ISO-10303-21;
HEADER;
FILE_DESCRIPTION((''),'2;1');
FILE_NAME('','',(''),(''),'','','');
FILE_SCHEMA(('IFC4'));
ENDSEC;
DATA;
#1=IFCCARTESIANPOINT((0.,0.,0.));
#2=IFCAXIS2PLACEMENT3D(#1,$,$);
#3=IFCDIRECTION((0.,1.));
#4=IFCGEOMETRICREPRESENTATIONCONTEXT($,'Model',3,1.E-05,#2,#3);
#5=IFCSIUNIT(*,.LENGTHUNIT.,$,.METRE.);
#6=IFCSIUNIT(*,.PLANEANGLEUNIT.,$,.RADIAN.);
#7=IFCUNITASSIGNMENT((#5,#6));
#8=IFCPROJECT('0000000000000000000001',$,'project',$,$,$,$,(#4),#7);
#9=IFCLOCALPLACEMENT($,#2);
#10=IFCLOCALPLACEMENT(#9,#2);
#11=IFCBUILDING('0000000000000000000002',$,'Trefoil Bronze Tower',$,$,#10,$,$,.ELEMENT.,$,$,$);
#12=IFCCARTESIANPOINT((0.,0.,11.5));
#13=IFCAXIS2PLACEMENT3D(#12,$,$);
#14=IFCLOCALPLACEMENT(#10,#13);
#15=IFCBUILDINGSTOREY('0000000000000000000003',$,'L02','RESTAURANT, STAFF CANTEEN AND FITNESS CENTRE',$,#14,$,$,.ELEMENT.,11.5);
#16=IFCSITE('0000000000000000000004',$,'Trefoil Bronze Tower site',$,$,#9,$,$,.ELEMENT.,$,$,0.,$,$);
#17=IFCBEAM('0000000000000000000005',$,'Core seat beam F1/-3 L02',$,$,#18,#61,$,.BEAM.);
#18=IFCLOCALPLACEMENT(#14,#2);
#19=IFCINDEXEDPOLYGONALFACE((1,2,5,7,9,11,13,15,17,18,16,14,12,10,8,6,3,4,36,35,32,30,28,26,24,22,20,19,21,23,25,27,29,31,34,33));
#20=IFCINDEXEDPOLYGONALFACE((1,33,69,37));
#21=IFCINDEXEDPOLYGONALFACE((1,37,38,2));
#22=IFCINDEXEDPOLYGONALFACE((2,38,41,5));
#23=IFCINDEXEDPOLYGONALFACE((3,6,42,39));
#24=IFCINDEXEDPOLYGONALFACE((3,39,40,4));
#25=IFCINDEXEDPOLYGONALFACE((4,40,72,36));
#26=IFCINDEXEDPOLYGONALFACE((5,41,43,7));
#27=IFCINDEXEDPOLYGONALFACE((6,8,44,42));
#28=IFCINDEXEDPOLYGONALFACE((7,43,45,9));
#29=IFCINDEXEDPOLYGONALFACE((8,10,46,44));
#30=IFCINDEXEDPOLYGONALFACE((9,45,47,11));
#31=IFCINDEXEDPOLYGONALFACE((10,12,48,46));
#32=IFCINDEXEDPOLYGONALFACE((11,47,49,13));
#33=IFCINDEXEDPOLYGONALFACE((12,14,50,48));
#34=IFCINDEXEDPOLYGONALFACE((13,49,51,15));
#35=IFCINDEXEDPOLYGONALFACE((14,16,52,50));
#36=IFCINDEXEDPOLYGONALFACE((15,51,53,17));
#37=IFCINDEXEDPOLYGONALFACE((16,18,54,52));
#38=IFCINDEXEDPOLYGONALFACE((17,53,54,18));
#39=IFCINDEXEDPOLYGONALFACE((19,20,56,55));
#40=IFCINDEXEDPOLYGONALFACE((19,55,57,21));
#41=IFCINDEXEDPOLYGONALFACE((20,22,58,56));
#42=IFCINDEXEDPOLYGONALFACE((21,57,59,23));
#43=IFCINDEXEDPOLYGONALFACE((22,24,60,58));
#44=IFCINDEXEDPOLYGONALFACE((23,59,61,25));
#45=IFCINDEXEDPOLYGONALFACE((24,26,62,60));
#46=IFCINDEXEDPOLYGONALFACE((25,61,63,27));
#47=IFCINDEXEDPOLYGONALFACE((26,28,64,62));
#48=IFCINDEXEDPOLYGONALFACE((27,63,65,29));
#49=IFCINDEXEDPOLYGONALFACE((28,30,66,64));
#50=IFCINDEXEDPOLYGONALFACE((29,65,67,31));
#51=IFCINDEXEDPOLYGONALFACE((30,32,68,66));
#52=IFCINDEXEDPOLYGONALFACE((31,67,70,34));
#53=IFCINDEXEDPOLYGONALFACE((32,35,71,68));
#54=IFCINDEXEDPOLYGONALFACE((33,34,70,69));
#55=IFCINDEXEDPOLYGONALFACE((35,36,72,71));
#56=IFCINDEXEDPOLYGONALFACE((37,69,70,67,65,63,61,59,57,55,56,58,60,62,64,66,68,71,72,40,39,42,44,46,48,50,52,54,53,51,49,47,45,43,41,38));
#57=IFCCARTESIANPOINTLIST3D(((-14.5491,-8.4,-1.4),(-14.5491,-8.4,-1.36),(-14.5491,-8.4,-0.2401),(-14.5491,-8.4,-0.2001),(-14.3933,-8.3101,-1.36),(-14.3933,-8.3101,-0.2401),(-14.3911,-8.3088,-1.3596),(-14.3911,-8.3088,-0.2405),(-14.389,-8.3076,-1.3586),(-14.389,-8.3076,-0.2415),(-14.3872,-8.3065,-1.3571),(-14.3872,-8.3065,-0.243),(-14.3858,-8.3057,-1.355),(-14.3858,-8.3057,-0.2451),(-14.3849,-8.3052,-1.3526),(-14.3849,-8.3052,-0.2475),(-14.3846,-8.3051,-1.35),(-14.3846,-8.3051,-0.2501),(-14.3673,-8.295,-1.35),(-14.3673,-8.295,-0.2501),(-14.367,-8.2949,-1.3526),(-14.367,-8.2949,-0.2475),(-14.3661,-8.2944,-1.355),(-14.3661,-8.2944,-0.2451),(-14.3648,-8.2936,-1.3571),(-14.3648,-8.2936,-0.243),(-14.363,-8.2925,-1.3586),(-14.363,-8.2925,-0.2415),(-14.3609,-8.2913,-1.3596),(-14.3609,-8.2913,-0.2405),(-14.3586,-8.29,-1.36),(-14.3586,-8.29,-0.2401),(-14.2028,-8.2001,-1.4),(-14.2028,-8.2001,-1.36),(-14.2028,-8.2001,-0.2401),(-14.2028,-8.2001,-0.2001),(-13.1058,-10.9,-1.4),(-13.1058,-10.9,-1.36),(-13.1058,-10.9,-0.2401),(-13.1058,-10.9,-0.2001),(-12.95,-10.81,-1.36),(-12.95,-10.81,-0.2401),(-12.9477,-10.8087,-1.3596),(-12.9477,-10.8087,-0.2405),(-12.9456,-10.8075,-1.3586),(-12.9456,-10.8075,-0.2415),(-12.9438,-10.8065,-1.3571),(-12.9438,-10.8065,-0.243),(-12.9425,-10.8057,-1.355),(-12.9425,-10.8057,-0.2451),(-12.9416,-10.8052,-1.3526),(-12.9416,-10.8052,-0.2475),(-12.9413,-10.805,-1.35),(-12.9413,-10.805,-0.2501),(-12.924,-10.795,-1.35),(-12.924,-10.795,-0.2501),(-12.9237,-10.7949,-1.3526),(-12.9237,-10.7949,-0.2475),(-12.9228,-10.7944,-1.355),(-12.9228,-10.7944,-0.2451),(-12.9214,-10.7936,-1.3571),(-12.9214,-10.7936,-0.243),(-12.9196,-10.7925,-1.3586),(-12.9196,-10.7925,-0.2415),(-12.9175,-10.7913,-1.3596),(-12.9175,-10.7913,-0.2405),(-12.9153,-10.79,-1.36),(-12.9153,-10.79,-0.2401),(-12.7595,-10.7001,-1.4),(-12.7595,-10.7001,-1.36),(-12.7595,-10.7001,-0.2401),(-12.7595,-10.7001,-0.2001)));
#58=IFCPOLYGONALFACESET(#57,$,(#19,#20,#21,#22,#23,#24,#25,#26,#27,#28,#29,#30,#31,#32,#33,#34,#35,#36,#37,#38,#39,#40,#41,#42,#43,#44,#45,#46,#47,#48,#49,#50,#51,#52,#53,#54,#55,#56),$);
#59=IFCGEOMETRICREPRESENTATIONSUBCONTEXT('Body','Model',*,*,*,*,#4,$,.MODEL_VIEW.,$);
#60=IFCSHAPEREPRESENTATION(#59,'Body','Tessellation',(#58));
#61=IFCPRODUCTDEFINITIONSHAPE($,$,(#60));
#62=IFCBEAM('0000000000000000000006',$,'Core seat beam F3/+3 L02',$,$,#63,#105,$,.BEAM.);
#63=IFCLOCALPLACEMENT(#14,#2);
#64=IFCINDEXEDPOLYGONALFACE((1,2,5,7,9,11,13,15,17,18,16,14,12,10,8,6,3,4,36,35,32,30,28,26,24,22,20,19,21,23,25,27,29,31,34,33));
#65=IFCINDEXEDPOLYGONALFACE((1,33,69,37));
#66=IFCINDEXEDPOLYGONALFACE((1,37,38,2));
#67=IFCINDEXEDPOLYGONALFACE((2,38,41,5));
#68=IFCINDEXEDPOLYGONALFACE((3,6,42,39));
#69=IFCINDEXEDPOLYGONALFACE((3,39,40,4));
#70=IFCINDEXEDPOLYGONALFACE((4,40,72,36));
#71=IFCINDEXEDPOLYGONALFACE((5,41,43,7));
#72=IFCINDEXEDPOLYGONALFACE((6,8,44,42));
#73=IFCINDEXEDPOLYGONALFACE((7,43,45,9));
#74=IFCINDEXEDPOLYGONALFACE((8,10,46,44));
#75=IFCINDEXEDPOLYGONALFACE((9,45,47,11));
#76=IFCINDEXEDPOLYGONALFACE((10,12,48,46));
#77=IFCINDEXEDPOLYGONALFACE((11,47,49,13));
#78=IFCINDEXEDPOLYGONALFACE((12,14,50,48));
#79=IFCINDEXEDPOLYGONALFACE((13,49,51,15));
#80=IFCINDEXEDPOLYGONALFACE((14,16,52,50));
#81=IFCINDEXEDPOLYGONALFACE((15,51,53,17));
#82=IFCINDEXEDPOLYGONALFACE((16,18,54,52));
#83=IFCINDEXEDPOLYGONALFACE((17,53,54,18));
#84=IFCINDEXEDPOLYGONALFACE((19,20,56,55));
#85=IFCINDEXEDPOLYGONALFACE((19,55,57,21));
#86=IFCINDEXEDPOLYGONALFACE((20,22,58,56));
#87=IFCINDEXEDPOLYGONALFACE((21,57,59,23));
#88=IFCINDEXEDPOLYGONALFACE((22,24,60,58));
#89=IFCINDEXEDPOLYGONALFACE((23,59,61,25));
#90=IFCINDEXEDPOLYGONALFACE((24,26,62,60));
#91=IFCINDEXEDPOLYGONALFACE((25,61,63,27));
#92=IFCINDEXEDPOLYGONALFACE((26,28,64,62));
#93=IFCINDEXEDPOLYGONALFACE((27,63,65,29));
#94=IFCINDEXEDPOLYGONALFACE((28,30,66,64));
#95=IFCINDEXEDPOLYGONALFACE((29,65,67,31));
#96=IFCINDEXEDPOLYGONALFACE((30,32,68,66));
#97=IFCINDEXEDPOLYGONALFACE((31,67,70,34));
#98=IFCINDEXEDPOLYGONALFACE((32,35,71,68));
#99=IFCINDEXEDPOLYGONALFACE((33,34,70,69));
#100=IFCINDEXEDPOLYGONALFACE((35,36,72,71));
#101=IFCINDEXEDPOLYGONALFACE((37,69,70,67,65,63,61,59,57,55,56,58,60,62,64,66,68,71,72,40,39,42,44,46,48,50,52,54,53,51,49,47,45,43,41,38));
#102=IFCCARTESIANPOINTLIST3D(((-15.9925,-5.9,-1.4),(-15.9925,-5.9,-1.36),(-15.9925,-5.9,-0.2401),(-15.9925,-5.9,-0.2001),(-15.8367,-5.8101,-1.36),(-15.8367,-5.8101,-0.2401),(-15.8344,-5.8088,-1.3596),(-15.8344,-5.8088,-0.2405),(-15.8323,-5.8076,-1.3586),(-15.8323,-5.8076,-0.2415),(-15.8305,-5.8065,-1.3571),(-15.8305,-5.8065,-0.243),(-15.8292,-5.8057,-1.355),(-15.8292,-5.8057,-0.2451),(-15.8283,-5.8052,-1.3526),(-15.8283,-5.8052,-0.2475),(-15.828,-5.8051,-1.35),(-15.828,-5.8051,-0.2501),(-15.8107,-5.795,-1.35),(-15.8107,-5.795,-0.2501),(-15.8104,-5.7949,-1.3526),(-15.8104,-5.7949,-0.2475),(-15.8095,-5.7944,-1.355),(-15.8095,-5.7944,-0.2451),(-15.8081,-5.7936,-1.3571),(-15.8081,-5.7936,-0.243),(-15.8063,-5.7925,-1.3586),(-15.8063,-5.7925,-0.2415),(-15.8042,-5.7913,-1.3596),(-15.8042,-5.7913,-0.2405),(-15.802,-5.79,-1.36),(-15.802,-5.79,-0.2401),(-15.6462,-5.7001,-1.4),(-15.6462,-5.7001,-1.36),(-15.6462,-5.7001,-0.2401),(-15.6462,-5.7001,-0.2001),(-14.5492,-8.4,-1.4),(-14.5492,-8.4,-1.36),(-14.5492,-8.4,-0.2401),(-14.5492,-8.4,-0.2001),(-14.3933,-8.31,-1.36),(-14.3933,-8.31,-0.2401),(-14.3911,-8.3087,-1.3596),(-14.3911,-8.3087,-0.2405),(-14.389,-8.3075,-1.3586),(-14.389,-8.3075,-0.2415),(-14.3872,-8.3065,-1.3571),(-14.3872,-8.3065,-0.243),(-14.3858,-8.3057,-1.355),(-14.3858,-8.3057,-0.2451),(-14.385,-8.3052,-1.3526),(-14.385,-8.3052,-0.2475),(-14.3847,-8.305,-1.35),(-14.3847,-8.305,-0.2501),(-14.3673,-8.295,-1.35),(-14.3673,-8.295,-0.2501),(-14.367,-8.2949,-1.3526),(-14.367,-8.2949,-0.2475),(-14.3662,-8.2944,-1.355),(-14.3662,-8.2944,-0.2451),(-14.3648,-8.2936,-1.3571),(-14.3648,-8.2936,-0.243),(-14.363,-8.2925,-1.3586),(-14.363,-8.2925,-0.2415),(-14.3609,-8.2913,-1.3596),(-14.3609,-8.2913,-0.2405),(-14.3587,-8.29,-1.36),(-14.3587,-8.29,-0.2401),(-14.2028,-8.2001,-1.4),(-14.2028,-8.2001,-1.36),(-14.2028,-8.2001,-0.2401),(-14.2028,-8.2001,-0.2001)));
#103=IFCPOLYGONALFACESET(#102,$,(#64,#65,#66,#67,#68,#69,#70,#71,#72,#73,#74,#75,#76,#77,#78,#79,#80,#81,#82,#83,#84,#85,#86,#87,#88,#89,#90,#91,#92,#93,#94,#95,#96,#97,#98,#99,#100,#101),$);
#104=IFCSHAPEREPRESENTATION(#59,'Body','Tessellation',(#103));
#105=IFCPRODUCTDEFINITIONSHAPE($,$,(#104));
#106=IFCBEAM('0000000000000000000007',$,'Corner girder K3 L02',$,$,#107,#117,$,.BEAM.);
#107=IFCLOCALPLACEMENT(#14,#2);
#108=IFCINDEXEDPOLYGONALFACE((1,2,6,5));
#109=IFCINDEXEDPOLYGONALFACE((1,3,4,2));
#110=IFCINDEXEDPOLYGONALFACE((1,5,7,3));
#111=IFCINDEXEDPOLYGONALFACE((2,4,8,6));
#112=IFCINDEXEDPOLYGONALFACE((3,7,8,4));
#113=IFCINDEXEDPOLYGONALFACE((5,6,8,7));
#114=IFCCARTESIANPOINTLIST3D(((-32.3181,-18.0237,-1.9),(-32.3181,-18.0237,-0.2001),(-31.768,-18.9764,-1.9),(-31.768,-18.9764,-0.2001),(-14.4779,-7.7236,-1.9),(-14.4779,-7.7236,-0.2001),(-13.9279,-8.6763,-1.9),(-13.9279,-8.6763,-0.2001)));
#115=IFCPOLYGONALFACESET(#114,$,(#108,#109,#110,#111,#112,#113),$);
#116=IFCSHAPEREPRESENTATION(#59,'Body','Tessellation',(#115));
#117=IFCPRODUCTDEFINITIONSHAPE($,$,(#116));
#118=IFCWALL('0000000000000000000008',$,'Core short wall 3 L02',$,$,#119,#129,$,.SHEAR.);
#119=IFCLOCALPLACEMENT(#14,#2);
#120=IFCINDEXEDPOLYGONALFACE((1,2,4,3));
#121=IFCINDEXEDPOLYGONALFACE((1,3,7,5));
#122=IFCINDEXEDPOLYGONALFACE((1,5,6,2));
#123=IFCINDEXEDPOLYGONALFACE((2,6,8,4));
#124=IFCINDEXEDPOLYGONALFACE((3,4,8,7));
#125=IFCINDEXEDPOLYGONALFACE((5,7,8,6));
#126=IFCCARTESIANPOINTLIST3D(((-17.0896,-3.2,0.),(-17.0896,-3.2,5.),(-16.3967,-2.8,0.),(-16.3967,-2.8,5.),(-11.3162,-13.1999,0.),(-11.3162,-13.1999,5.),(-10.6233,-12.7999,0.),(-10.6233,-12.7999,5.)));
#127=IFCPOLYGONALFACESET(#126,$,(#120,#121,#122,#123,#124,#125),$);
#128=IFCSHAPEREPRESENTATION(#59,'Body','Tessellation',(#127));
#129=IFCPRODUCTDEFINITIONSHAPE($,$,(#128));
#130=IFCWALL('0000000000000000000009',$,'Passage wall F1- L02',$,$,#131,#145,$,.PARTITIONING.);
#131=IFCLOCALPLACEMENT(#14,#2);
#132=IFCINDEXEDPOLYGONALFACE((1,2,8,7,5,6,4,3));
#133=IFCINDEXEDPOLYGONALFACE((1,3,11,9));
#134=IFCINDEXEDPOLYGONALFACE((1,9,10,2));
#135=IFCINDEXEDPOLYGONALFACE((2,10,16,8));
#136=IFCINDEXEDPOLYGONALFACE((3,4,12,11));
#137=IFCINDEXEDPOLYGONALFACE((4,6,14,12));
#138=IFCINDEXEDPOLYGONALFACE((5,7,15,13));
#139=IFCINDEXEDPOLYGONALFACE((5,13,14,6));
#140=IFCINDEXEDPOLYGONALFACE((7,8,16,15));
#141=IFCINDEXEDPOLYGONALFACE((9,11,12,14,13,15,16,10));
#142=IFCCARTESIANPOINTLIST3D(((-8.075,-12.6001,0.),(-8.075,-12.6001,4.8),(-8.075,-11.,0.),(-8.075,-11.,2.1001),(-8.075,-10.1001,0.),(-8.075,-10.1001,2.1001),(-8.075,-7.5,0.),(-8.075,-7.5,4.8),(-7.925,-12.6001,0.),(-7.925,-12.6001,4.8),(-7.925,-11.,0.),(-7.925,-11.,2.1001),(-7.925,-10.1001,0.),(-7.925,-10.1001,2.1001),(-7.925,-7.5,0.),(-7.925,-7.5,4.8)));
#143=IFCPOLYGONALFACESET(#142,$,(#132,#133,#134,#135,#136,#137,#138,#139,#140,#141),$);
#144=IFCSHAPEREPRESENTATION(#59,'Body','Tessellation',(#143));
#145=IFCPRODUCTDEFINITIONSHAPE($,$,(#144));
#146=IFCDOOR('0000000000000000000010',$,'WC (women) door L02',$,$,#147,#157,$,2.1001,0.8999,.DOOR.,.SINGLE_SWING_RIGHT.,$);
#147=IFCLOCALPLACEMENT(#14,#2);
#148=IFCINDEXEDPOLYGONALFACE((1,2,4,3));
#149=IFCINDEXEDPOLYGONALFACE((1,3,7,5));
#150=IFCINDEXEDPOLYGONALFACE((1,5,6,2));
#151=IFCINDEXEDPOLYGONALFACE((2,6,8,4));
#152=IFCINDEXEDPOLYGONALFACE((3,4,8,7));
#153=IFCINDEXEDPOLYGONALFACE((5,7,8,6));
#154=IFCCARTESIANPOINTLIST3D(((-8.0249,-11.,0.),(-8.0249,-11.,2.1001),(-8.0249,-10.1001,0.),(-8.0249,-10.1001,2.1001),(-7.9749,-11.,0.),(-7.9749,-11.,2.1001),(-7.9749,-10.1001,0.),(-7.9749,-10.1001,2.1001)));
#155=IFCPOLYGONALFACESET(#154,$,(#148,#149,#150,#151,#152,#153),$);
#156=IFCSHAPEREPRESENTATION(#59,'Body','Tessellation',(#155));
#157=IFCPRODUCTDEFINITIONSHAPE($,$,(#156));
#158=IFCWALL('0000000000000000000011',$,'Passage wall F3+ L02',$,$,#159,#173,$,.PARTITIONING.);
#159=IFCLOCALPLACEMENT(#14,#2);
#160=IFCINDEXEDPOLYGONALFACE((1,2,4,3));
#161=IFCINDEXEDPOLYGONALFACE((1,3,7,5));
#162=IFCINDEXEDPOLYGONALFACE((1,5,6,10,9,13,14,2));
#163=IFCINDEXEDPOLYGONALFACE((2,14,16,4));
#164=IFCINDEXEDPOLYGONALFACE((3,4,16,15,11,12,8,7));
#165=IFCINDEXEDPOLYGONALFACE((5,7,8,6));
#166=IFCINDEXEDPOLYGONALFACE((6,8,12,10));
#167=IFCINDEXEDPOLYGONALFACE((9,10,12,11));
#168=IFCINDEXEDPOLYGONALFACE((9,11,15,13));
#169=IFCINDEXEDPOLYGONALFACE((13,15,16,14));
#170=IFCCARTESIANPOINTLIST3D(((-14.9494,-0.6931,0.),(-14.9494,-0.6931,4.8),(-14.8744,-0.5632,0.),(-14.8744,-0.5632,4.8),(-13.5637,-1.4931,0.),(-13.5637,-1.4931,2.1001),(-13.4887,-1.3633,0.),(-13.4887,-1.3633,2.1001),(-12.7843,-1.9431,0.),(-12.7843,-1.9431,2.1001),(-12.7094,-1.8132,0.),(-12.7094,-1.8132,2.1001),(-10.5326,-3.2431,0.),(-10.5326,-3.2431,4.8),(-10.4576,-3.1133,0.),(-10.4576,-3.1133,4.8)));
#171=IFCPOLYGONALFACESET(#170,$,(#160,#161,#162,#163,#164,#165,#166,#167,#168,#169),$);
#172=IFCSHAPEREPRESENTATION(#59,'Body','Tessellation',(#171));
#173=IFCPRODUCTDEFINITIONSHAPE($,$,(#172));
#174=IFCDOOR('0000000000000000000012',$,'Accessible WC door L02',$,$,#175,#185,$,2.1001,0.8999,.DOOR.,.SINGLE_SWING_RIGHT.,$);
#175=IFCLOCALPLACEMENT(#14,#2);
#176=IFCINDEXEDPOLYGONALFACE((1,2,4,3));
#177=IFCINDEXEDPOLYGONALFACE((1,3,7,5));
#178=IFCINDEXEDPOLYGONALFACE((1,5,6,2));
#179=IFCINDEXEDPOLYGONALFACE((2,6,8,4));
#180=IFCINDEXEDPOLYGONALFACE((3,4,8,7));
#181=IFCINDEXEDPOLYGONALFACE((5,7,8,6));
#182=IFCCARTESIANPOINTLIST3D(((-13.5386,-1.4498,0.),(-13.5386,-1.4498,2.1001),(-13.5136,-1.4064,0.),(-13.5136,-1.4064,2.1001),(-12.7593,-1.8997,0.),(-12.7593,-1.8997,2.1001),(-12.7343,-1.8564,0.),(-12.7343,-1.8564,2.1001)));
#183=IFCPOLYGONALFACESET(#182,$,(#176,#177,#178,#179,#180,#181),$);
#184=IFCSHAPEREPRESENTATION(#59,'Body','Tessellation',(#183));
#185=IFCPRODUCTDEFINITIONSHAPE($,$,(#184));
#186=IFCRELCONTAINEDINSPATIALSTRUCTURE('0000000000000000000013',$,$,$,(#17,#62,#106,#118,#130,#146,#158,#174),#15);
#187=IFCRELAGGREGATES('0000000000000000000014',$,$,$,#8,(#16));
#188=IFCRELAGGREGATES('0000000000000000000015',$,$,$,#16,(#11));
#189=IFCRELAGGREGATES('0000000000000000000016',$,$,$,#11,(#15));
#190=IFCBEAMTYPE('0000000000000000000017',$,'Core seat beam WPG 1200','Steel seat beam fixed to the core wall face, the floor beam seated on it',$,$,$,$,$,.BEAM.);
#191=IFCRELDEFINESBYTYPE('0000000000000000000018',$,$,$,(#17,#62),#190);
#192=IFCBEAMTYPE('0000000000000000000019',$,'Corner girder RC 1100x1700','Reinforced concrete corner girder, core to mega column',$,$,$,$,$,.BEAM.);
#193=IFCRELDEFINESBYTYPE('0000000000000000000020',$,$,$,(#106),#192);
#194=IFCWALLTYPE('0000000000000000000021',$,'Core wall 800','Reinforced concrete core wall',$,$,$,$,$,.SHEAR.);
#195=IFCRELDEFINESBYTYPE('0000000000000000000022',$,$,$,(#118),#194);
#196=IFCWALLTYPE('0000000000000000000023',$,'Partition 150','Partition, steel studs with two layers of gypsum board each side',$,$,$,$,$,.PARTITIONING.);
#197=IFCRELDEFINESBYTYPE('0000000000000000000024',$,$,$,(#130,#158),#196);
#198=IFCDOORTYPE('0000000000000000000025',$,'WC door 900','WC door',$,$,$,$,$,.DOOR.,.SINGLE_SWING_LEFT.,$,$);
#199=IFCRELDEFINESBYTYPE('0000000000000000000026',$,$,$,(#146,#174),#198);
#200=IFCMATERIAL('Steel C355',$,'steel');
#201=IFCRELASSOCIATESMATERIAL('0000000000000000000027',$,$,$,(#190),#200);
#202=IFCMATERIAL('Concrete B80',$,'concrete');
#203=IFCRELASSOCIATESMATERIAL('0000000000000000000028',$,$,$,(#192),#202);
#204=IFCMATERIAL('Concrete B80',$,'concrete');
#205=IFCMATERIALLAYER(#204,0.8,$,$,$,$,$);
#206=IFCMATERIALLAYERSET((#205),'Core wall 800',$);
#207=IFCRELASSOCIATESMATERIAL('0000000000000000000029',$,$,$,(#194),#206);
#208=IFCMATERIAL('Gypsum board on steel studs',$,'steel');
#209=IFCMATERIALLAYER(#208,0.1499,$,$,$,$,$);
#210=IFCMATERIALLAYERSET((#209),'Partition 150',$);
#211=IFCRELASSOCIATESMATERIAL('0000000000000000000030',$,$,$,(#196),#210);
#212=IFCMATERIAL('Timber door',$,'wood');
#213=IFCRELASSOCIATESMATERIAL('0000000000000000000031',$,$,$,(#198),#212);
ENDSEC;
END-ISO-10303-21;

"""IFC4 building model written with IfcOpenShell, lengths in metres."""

from ifc_helpers import new_model, si_unit, direction, frame, frame_2d, origin, origin_2d, place, context, subcontext, project, spatial, rectangle, i_section, extrude, material, layer, layer_set, material_profile, profile_set, type_object, element, fill, save


model = new_model("IFC4")

# Units and contexts
model_context = context("Model", 3, precision=1e-05, world=origin(), true_north=direction((0.0, 1.0)))
body_context = subcontext(model_context, "Body", "Model", "MODEL_VIEW")
ifc_project = project(units=[si_unit("LENGTHUNIT", "METRE"), si_unit("PLANEANGLEUNIT", "RADIAN")], contexts=[model_context])

# Site, building, storey
site_placement = place(None, origin())
site = spatial("IfcSite", under=ifc_project, at=site_placement, Name="Trefoil Bronze Tower site", CompositionType="ELEMENT", RefElevation=0.0)
building_placement = place(site_placement, origin())
building = spatial("IfcBuilding", under=site, at=building_placement, Name="Trefoil Bronze Tower", CompositionType="ELEMENT")
storey_placement = place(building_placement, frame((0.0, 0.0, 11.5)))
storey = spatial("IfcBuildingStorey", under=building, at=storey_placement, Name="L02", Description="RESTAURANT, STAFF CANTEEN AND FITNESS CENTRE", CompositionType="ELEMENT", Elevation=11.5)

# Beams
ifc_material_1 = material(Name="Steel C355", Category="steel")
ifc_material_profile_1 = material_profile(ifc_material_1, i_section(OverallWidth=0.3999, OverallDepth=1.2, WebThickness=0.02, FlangeThickness=0.04, FilletRadius=0.01, at=origin_2d()), Name="WPG 1200")
ifc_profile_set_1 = profile_set([ifc_material_profile_1], Name="Steel C355")
beam_type_1 = type_object("IfcBeamType", Name="Core seat beam WPG 1200", Description="Steel seat beam fixed to the core wall face, the floor beam seated on it", PredefinedType="BEAM", material=ifc_profile_set_1)
for number, where, z_axis, x_axis, name in (
    (1, (-14.376, -8.3, -0.8), (0.499996, -0.866028, 0.0), (0.866028, 0.499996, 0.0), "Core seat beam F1/-3 L02"),
    (2, (-15.8193, -5.8, -0.8), (0.499996, -0.866028, 0.0), (0.866028, 0.499996, 0.0), "Core seat beam F3/+3 L02"),
):
    element("IfcBeam", number, at=place(storey_placement, frame(where, z_axis=z_axis, x_axis=x_axis)), inside=storey, type_object=beam_type_1, Name=name, PredefinedType="BEAM", context=body_context, shape_type="SweptSolid", body=[
        extrude(i_section(OverallWidth=0.3999, OverallDepth=1.2, WebThickness=0.02, FlangeThickness=0.04, FilletRadius=0.01, at=origin_2d()), origin(), (0.0, 0.0, 1.0), 2.8867),
    ])
ifc_material_2 = material(Name="Concrete B80", Category="concrete")
ifc_material_profile_2 = material_profile(ifc_material_2, rectangle(XDim=1.1001, YDim=1.7, at=origin_2d()), Name="RC 1100x1700")
ifc_profile_set_2 = profile_set([ifc_material_profile_2], Name="Concrete B80")
beam_type_2 = type_object("IfcBeamType", Name="Corner girder RC 1100x1700", Description="Reinforced concrete corner girder, core to mega column", PredefinedType="BEAM", material=ifc_profile_set_2)
beam_placement = place(storey_placement, frame((-14.2029, -8.2, -1.05), z_axis=(-0.866024, -0.500003, 0.0), x_axis=(0.500003, -0.866024, 0.0)))
element("IfcBeam", 3, at=beam_placement, inside=storey, type_object=beam_type_2, Name="Corner girder K3 L02", PredefinedType="BEAM", context=body_context, shape_type="SweptSolid", body=[
    extrude(rectangle(XDim=1.1001, YDim=1.7, at=origin_2d()), origin(), (0.0, 0.0, 1.0), 20.6001),
])

# Wall
ifc_material_3 = material(Name="Concrete B80", Category="concrete")
ifc_layer_1 = layer(ifc_material_3, 0.8)
ifc_layer_set_1 = layer_set([ifc_layer_1], Name="Core wall 800")
wall_type_1 = type_object("IfcWallType", Name="Core wall 800", Description="Reinforced concrete core wall", PredefinedType="SHEAR", material=ifc_layer_set_1)
wall_1_placement = place(storey_placement, frame((-16.7432, -3.0, 0.0), z_axis=(0.0, 0.0, 1.0), x_axis=(0.499996, -0.866028, 0.0)))
element("IfcWall", 4, at=wall_1_placement, inside=storey, type_object=wall_type_1, Name="Core short wall 3 L02", PredefinedType="SHEAR", context=body_context, shape_type="SweptSolid", body=[
    extrude(rectangle(XDim=11.5469, YDim=0.8, at=frame_2d((5.7734, 0.0))), origin(), (0.0, 0.0, 1.0), 5.0),
])

# Walls, openings, doors
ifc_material_4 = material(Name="Gypsum board on steel studs", Category="steel")
ifc_layer_2 = layer(ifc_material_4, 0.1499)
ifc_layer_set_2 = layer_set([ifc_layer_2], Name="Partition 150")
wall_type_2 = type_object("IfcWallType", Name="Partition 150", Description="Partition, steel studs with two layers of gypsum board each side", PredefinedType="PARTITIONING", material=ifc_layer_set_2)
wall_2_placement = place(storey_placement, frame((-8.0, -7.5, 0.0), z_axis=(0.0, 0.0, 1.0), x_axis=(0.0, -1.0, 0.0)))
wall_2 = element("IfcWall", 5, at=wall_2_placement, inside=storey, type_object=wall_type_2, Name="Passage wall F1- L02", PredefinedType="PARTITIONING", context=body_context, shape_type="SweptSolid", body=[
    extrude(rectangle(XDim=5.1001, YDim=0.1499, at=frame_2d((2.55, 0.0))), origin(), (0.0, 0.0, 1.0), 4.8),
])
opening_1_placement = place(wall_2_placement, frame((2.6001, 0.0, 0.0)))
opening_1 = element("IfcOpeningElement", 6, at=opening_1_placement, cuts=wall_2, PredefinedType="OPENING", context=body_context, shape_type="SweptSolid", body=[
    extrude(rectangle(XDim=0.8999, YDim=2.1001, at=frame_2d((0.45, 1.05))), frame((0.0, 0.085, 0.0), z_axis=(0.0, -1.0, 0.0), x_axis=(1.0, 0.0, 0.0)), (0.0, 0.0, 1.0), 0.1699),
])
ifc_material_5 = material(Name="Timber door", Category="wood")
door_type = type_object("IfcDoorType", Name="WC door 900", Description="WC door", OperationType="SINGLE_SWING_LEFT", PredefinedType="DOOR", material=ifc_material_5)
door_1_placement = place(opening_1_placement, frame((0.8999, 0.0, 0.0), z_axis=(0.0, 0.0, 1.0), x_axis=(-1.0, 0.0, 0.0)))
door_1 = element("IfcDoor", 7, at=door_1_placement, inside=storey, type_object=door_type, Name="WC (women) door L02", OperationType="SINGLE_SWING_RIGHT", OverallHeight=2.1001, OverallWidth=0.8999, PredefinedType="DOOR", context=body_context, shape_type="SweptSolid", body=[
    extrude(rectangle(XDim=0.8999, YDim=2.1001, at=frame_2d((0.45, 1.05))), frame((0.0, 0.0249, 0.0), z_axis=(0.0, -1.0, 0.0), x_axis=(1.0, 0.0, 0.0)), (0.0, 0.0, 1.0), 0.05),
])
fill(opening_1, door_1)
wall_3_placement = place(storey_placement, frame((-10.4951, -3.1782, 0.0), z_axis=(0.0, 0.0, 1.0), x_axis=(-0.866022, 0.500006, 0.0)))
wall_3 = element("IfcWall", 8, at=wall_3_placement, inside=storey, type_object=wall_type_2, Name="Passage wall F3+ L02", PredefinedType="PARTITIONING", context=body_context, shape_type="SweptSolid", body=[
    extrude(rectangle(XDim=5.1001, YDim=0.1499, at=frame_2d((2.55, 0.0))), origin(), (0.0, 0.0, 1.0), 4.8),
])
opening_2_placement = place(wall_3_placement, frame((2.6001, 0.0, 0.0)))
opening_2 = element("IfcOpeningElement", 9, at=opening_2_placement, cuts=wall_3, PredefinedType="OPENING", context=body_context, shape_type="SweptSolid", body=[
    extrude(rectangle(XDim=0.8999, YDim=2.1001, at=frame_2d((0.45, 1.05))), frame((0.0, 0.085, 0.0), z_axis=(0.0, -1.0, 0.0), x_axis=(1.0, 0.0, 0.0)), (0.0, 0.0, 1.0), 0.1699),
])
door_2_placement = place(opening_2_placement, origin())
door_2 = element("IfcDoor", 10, at=door_2_placement, inside=storey, type_object=door_type, Name="Accessible WC door L02", OperationType="SINGLE_SWING_RIGHT", OverallHeight=2.1001, OverallWidth=0.8999, PredefinedType="DOOR", context=body_context, shape_type="SweptSolid", body=[
    extrude(rectangle(XDim=0.8999, YDim=2.1001, at=frame_2d((0.45, 1.05))), frame((0.0, 0.0249, 0.0), z_axis=(0.0, -1.0, 0.0), x_axis=(1.0, 0.0, 0.0)), (0.0, 0.0, 1.0), 0.05),
])
fill(opening_2, door_2)

save(model, "model.ifc")
